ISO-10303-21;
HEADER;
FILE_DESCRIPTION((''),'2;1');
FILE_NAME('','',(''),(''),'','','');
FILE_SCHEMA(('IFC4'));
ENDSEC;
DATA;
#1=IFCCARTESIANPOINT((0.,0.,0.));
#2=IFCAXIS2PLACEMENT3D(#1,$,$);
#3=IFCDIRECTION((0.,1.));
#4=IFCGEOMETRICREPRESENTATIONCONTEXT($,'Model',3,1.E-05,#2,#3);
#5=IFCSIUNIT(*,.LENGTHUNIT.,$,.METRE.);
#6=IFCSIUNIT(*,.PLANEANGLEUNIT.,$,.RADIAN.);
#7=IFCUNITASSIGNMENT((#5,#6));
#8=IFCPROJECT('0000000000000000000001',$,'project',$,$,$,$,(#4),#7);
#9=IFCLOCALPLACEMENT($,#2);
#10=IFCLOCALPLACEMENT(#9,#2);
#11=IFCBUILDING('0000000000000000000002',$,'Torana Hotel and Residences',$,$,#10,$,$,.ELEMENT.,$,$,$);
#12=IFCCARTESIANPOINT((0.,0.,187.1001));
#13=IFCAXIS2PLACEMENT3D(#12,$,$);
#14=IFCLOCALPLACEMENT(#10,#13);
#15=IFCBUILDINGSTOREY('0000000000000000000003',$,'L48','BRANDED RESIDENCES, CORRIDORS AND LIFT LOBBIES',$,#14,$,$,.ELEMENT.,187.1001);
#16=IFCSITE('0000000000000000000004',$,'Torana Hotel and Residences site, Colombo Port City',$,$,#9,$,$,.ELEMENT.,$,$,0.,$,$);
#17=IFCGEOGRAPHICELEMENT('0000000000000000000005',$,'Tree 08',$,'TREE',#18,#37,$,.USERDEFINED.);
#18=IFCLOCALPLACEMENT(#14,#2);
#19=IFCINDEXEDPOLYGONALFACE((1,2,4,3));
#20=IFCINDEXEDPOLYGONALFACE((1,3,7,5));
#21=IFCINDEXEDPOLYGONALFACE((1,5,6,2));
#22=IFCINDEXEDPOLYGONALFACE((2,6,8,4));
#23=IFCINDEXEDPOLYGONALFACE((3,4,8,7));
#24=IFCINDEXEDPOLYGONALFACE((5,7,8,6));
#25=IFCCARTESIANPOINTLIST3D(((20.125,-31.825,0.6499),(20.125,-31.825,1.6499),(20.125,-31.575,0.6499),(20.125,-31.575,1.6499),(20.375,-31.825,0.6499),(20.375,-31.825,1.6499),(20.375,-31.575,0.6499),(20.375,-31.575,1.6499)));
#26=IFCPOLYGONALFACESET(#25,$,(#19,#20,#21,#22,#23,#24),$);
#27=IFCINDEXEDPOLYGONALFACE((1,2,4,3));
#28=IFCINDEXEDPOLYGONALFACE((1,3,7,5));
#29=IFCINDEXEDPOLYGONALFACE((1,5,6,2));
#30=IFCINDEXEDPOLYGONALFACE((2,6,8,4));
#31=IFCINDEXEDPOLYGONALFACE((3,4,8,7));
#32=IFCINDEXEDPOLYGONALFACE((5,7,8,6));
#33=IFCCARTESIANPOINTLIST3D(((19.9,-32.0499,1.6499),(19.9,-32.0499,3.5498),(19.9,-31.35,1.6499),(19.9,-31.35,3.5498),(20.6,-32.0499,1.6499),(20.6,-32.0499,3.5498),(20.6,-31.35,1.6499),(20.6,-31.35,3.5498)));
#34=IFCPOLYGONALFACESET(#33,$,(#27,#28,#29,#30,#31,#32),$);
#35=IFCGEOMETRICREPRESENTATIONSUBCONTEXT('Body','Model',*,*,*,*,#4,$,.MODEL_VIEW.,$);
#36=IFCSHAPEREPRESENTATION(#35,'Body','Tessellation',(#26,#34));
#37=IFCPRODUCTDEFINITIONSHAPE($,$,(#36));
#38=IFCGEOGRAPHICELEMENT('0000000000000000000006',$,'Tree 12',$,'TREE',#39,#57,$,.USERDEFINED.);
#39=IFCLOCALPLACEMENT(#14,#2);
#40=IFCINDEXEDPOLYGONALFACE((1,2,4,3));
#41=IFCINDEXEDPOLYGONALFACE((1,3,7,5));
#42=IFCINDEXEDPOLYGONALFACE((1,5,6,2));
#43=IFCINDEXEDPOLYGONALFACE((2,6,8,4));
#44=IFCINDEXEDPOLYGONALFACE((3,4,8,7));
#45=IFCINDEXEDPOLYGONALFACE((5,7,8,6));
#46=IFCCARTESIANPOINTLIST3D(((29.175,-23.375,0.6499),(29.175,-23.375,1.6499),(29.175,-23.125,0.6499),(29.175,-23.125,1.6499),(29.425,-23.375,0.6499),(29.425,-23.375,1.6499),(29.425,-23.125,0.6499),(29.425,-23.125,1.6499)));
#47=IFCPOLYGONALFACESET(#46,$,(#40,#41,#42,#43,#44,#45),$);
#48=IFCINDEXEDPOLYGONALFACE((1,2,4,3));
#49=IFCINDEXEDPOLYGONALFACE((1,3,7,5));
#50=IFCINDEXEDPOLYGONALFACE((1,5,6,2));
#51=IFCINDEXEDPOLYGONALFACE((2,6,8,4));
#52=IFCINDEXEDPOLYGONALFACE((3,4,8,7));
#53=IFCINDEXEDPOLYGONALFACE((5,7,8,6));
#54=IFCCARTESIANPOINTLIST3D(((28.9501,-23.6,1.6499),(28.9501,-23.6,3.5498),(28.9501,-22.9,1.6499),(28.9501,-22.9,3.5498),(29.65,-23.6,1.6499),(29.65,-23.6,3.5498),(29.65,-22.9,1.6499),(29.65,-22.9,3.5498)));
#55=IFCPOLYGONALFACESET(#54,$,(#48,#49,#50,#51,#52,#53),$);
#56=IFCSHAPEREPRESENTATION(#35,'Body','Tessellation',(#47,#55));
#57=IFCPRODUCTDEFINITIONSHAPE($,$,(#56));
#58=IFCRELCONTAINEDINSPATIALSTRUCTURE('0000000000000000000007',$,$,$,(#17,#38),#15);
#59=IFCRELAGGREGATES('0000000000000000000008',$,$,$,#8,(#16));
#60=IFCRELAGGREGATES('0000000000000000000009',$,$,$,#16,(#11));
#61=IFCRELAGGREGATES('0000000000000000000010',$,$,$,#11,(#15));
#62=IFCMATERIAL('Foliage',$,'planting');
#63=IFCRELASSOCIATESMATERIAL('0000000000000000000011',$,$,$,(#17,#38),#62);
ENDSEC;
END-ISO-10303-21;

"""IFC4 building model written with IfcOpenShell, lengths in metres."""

from ifc_helpers import new_model, si_unit, direction, frame, origin, origin_2d, place, context, subcontext, project, spatial, rectangle, extrude, material, element, save


model = new_model("IFC4")

# Units and contexts
model_context = context("Model", 3, precision=1e-05, world=origin(), true_north=direction((0.0, 1.0)))
body_context = subcontext(model_context, "Body", "Model", "MODEL_VIEW")
ifc_project = project(units=[si_unit("LENGTHUNIT", "METRE"), si_unit("PLANEANGLEUNIT", "RADIAN")], contexts=[model_context])

# Site, building, storey
site_placement = place(None, origin())
site = spatial("IfcSite", under=ifc_project, at=site_placement, Name="Torana Hotel and Residences site, Colombo Port City", CompositionType="ELEMENT", RefElevation=0.0)
building_placement = place(site_placement, origin())
building = spatial("IfcBuilding", under=site, at=building_placement, Name="Torana Hotel and Residences", CompositionType="ELEMENT")
storey_placement = place(building_placement, frame((0.0, 0.0, 187.1001)))
storey = spatial("IfcBuildingStorey", under=building, at=storey_placement, Name="L48", Description="BRANDED RESIDENCES, CORRIDORS AND LIFT LOBBIES", CompositionType="ELEMENT", Elevation=187.1001)

# Geographic elements
ifc_material_1 = material(Name="Foliage", Category="planting")
for number, where, z_axis, x_axis, name in (
    (1, (20.25, -31.7, 0.6499), (0.0, 0.0, 1.0), (1.0, 0.0, 0.0), "Tree 08"),
    (2, (29.3, -23.25, 0.6499), (0.0, 0.0, 1.0), (1.0, 0.0, 0.0), "Tree 12"),
):
    element("IfcGeographicElement", number, at=place(storey_placement, frame(where, z_axis=z_axis, x_axis=x_axis)), inside=storey, material=ifc_material_1, Name=name, ObjectType="TREE", PredefinedType="USERDEFINED", context=body_context, shape_type="SweptSolid", body=[
        extrude(rectangle(XDim=0.25, YDim=0.25, at=origin_2d()), origin(), (0.0, 0.0, 1.0), 1.0),
        extrude(rectangle(XDim=0.7, YDim=0.7, at=origin_2d()), frame((0.0, 0.0, 1.0)), (0.0, 0.0, 1.0), 1.8999),
    ])

save(model, "model.ifc")
